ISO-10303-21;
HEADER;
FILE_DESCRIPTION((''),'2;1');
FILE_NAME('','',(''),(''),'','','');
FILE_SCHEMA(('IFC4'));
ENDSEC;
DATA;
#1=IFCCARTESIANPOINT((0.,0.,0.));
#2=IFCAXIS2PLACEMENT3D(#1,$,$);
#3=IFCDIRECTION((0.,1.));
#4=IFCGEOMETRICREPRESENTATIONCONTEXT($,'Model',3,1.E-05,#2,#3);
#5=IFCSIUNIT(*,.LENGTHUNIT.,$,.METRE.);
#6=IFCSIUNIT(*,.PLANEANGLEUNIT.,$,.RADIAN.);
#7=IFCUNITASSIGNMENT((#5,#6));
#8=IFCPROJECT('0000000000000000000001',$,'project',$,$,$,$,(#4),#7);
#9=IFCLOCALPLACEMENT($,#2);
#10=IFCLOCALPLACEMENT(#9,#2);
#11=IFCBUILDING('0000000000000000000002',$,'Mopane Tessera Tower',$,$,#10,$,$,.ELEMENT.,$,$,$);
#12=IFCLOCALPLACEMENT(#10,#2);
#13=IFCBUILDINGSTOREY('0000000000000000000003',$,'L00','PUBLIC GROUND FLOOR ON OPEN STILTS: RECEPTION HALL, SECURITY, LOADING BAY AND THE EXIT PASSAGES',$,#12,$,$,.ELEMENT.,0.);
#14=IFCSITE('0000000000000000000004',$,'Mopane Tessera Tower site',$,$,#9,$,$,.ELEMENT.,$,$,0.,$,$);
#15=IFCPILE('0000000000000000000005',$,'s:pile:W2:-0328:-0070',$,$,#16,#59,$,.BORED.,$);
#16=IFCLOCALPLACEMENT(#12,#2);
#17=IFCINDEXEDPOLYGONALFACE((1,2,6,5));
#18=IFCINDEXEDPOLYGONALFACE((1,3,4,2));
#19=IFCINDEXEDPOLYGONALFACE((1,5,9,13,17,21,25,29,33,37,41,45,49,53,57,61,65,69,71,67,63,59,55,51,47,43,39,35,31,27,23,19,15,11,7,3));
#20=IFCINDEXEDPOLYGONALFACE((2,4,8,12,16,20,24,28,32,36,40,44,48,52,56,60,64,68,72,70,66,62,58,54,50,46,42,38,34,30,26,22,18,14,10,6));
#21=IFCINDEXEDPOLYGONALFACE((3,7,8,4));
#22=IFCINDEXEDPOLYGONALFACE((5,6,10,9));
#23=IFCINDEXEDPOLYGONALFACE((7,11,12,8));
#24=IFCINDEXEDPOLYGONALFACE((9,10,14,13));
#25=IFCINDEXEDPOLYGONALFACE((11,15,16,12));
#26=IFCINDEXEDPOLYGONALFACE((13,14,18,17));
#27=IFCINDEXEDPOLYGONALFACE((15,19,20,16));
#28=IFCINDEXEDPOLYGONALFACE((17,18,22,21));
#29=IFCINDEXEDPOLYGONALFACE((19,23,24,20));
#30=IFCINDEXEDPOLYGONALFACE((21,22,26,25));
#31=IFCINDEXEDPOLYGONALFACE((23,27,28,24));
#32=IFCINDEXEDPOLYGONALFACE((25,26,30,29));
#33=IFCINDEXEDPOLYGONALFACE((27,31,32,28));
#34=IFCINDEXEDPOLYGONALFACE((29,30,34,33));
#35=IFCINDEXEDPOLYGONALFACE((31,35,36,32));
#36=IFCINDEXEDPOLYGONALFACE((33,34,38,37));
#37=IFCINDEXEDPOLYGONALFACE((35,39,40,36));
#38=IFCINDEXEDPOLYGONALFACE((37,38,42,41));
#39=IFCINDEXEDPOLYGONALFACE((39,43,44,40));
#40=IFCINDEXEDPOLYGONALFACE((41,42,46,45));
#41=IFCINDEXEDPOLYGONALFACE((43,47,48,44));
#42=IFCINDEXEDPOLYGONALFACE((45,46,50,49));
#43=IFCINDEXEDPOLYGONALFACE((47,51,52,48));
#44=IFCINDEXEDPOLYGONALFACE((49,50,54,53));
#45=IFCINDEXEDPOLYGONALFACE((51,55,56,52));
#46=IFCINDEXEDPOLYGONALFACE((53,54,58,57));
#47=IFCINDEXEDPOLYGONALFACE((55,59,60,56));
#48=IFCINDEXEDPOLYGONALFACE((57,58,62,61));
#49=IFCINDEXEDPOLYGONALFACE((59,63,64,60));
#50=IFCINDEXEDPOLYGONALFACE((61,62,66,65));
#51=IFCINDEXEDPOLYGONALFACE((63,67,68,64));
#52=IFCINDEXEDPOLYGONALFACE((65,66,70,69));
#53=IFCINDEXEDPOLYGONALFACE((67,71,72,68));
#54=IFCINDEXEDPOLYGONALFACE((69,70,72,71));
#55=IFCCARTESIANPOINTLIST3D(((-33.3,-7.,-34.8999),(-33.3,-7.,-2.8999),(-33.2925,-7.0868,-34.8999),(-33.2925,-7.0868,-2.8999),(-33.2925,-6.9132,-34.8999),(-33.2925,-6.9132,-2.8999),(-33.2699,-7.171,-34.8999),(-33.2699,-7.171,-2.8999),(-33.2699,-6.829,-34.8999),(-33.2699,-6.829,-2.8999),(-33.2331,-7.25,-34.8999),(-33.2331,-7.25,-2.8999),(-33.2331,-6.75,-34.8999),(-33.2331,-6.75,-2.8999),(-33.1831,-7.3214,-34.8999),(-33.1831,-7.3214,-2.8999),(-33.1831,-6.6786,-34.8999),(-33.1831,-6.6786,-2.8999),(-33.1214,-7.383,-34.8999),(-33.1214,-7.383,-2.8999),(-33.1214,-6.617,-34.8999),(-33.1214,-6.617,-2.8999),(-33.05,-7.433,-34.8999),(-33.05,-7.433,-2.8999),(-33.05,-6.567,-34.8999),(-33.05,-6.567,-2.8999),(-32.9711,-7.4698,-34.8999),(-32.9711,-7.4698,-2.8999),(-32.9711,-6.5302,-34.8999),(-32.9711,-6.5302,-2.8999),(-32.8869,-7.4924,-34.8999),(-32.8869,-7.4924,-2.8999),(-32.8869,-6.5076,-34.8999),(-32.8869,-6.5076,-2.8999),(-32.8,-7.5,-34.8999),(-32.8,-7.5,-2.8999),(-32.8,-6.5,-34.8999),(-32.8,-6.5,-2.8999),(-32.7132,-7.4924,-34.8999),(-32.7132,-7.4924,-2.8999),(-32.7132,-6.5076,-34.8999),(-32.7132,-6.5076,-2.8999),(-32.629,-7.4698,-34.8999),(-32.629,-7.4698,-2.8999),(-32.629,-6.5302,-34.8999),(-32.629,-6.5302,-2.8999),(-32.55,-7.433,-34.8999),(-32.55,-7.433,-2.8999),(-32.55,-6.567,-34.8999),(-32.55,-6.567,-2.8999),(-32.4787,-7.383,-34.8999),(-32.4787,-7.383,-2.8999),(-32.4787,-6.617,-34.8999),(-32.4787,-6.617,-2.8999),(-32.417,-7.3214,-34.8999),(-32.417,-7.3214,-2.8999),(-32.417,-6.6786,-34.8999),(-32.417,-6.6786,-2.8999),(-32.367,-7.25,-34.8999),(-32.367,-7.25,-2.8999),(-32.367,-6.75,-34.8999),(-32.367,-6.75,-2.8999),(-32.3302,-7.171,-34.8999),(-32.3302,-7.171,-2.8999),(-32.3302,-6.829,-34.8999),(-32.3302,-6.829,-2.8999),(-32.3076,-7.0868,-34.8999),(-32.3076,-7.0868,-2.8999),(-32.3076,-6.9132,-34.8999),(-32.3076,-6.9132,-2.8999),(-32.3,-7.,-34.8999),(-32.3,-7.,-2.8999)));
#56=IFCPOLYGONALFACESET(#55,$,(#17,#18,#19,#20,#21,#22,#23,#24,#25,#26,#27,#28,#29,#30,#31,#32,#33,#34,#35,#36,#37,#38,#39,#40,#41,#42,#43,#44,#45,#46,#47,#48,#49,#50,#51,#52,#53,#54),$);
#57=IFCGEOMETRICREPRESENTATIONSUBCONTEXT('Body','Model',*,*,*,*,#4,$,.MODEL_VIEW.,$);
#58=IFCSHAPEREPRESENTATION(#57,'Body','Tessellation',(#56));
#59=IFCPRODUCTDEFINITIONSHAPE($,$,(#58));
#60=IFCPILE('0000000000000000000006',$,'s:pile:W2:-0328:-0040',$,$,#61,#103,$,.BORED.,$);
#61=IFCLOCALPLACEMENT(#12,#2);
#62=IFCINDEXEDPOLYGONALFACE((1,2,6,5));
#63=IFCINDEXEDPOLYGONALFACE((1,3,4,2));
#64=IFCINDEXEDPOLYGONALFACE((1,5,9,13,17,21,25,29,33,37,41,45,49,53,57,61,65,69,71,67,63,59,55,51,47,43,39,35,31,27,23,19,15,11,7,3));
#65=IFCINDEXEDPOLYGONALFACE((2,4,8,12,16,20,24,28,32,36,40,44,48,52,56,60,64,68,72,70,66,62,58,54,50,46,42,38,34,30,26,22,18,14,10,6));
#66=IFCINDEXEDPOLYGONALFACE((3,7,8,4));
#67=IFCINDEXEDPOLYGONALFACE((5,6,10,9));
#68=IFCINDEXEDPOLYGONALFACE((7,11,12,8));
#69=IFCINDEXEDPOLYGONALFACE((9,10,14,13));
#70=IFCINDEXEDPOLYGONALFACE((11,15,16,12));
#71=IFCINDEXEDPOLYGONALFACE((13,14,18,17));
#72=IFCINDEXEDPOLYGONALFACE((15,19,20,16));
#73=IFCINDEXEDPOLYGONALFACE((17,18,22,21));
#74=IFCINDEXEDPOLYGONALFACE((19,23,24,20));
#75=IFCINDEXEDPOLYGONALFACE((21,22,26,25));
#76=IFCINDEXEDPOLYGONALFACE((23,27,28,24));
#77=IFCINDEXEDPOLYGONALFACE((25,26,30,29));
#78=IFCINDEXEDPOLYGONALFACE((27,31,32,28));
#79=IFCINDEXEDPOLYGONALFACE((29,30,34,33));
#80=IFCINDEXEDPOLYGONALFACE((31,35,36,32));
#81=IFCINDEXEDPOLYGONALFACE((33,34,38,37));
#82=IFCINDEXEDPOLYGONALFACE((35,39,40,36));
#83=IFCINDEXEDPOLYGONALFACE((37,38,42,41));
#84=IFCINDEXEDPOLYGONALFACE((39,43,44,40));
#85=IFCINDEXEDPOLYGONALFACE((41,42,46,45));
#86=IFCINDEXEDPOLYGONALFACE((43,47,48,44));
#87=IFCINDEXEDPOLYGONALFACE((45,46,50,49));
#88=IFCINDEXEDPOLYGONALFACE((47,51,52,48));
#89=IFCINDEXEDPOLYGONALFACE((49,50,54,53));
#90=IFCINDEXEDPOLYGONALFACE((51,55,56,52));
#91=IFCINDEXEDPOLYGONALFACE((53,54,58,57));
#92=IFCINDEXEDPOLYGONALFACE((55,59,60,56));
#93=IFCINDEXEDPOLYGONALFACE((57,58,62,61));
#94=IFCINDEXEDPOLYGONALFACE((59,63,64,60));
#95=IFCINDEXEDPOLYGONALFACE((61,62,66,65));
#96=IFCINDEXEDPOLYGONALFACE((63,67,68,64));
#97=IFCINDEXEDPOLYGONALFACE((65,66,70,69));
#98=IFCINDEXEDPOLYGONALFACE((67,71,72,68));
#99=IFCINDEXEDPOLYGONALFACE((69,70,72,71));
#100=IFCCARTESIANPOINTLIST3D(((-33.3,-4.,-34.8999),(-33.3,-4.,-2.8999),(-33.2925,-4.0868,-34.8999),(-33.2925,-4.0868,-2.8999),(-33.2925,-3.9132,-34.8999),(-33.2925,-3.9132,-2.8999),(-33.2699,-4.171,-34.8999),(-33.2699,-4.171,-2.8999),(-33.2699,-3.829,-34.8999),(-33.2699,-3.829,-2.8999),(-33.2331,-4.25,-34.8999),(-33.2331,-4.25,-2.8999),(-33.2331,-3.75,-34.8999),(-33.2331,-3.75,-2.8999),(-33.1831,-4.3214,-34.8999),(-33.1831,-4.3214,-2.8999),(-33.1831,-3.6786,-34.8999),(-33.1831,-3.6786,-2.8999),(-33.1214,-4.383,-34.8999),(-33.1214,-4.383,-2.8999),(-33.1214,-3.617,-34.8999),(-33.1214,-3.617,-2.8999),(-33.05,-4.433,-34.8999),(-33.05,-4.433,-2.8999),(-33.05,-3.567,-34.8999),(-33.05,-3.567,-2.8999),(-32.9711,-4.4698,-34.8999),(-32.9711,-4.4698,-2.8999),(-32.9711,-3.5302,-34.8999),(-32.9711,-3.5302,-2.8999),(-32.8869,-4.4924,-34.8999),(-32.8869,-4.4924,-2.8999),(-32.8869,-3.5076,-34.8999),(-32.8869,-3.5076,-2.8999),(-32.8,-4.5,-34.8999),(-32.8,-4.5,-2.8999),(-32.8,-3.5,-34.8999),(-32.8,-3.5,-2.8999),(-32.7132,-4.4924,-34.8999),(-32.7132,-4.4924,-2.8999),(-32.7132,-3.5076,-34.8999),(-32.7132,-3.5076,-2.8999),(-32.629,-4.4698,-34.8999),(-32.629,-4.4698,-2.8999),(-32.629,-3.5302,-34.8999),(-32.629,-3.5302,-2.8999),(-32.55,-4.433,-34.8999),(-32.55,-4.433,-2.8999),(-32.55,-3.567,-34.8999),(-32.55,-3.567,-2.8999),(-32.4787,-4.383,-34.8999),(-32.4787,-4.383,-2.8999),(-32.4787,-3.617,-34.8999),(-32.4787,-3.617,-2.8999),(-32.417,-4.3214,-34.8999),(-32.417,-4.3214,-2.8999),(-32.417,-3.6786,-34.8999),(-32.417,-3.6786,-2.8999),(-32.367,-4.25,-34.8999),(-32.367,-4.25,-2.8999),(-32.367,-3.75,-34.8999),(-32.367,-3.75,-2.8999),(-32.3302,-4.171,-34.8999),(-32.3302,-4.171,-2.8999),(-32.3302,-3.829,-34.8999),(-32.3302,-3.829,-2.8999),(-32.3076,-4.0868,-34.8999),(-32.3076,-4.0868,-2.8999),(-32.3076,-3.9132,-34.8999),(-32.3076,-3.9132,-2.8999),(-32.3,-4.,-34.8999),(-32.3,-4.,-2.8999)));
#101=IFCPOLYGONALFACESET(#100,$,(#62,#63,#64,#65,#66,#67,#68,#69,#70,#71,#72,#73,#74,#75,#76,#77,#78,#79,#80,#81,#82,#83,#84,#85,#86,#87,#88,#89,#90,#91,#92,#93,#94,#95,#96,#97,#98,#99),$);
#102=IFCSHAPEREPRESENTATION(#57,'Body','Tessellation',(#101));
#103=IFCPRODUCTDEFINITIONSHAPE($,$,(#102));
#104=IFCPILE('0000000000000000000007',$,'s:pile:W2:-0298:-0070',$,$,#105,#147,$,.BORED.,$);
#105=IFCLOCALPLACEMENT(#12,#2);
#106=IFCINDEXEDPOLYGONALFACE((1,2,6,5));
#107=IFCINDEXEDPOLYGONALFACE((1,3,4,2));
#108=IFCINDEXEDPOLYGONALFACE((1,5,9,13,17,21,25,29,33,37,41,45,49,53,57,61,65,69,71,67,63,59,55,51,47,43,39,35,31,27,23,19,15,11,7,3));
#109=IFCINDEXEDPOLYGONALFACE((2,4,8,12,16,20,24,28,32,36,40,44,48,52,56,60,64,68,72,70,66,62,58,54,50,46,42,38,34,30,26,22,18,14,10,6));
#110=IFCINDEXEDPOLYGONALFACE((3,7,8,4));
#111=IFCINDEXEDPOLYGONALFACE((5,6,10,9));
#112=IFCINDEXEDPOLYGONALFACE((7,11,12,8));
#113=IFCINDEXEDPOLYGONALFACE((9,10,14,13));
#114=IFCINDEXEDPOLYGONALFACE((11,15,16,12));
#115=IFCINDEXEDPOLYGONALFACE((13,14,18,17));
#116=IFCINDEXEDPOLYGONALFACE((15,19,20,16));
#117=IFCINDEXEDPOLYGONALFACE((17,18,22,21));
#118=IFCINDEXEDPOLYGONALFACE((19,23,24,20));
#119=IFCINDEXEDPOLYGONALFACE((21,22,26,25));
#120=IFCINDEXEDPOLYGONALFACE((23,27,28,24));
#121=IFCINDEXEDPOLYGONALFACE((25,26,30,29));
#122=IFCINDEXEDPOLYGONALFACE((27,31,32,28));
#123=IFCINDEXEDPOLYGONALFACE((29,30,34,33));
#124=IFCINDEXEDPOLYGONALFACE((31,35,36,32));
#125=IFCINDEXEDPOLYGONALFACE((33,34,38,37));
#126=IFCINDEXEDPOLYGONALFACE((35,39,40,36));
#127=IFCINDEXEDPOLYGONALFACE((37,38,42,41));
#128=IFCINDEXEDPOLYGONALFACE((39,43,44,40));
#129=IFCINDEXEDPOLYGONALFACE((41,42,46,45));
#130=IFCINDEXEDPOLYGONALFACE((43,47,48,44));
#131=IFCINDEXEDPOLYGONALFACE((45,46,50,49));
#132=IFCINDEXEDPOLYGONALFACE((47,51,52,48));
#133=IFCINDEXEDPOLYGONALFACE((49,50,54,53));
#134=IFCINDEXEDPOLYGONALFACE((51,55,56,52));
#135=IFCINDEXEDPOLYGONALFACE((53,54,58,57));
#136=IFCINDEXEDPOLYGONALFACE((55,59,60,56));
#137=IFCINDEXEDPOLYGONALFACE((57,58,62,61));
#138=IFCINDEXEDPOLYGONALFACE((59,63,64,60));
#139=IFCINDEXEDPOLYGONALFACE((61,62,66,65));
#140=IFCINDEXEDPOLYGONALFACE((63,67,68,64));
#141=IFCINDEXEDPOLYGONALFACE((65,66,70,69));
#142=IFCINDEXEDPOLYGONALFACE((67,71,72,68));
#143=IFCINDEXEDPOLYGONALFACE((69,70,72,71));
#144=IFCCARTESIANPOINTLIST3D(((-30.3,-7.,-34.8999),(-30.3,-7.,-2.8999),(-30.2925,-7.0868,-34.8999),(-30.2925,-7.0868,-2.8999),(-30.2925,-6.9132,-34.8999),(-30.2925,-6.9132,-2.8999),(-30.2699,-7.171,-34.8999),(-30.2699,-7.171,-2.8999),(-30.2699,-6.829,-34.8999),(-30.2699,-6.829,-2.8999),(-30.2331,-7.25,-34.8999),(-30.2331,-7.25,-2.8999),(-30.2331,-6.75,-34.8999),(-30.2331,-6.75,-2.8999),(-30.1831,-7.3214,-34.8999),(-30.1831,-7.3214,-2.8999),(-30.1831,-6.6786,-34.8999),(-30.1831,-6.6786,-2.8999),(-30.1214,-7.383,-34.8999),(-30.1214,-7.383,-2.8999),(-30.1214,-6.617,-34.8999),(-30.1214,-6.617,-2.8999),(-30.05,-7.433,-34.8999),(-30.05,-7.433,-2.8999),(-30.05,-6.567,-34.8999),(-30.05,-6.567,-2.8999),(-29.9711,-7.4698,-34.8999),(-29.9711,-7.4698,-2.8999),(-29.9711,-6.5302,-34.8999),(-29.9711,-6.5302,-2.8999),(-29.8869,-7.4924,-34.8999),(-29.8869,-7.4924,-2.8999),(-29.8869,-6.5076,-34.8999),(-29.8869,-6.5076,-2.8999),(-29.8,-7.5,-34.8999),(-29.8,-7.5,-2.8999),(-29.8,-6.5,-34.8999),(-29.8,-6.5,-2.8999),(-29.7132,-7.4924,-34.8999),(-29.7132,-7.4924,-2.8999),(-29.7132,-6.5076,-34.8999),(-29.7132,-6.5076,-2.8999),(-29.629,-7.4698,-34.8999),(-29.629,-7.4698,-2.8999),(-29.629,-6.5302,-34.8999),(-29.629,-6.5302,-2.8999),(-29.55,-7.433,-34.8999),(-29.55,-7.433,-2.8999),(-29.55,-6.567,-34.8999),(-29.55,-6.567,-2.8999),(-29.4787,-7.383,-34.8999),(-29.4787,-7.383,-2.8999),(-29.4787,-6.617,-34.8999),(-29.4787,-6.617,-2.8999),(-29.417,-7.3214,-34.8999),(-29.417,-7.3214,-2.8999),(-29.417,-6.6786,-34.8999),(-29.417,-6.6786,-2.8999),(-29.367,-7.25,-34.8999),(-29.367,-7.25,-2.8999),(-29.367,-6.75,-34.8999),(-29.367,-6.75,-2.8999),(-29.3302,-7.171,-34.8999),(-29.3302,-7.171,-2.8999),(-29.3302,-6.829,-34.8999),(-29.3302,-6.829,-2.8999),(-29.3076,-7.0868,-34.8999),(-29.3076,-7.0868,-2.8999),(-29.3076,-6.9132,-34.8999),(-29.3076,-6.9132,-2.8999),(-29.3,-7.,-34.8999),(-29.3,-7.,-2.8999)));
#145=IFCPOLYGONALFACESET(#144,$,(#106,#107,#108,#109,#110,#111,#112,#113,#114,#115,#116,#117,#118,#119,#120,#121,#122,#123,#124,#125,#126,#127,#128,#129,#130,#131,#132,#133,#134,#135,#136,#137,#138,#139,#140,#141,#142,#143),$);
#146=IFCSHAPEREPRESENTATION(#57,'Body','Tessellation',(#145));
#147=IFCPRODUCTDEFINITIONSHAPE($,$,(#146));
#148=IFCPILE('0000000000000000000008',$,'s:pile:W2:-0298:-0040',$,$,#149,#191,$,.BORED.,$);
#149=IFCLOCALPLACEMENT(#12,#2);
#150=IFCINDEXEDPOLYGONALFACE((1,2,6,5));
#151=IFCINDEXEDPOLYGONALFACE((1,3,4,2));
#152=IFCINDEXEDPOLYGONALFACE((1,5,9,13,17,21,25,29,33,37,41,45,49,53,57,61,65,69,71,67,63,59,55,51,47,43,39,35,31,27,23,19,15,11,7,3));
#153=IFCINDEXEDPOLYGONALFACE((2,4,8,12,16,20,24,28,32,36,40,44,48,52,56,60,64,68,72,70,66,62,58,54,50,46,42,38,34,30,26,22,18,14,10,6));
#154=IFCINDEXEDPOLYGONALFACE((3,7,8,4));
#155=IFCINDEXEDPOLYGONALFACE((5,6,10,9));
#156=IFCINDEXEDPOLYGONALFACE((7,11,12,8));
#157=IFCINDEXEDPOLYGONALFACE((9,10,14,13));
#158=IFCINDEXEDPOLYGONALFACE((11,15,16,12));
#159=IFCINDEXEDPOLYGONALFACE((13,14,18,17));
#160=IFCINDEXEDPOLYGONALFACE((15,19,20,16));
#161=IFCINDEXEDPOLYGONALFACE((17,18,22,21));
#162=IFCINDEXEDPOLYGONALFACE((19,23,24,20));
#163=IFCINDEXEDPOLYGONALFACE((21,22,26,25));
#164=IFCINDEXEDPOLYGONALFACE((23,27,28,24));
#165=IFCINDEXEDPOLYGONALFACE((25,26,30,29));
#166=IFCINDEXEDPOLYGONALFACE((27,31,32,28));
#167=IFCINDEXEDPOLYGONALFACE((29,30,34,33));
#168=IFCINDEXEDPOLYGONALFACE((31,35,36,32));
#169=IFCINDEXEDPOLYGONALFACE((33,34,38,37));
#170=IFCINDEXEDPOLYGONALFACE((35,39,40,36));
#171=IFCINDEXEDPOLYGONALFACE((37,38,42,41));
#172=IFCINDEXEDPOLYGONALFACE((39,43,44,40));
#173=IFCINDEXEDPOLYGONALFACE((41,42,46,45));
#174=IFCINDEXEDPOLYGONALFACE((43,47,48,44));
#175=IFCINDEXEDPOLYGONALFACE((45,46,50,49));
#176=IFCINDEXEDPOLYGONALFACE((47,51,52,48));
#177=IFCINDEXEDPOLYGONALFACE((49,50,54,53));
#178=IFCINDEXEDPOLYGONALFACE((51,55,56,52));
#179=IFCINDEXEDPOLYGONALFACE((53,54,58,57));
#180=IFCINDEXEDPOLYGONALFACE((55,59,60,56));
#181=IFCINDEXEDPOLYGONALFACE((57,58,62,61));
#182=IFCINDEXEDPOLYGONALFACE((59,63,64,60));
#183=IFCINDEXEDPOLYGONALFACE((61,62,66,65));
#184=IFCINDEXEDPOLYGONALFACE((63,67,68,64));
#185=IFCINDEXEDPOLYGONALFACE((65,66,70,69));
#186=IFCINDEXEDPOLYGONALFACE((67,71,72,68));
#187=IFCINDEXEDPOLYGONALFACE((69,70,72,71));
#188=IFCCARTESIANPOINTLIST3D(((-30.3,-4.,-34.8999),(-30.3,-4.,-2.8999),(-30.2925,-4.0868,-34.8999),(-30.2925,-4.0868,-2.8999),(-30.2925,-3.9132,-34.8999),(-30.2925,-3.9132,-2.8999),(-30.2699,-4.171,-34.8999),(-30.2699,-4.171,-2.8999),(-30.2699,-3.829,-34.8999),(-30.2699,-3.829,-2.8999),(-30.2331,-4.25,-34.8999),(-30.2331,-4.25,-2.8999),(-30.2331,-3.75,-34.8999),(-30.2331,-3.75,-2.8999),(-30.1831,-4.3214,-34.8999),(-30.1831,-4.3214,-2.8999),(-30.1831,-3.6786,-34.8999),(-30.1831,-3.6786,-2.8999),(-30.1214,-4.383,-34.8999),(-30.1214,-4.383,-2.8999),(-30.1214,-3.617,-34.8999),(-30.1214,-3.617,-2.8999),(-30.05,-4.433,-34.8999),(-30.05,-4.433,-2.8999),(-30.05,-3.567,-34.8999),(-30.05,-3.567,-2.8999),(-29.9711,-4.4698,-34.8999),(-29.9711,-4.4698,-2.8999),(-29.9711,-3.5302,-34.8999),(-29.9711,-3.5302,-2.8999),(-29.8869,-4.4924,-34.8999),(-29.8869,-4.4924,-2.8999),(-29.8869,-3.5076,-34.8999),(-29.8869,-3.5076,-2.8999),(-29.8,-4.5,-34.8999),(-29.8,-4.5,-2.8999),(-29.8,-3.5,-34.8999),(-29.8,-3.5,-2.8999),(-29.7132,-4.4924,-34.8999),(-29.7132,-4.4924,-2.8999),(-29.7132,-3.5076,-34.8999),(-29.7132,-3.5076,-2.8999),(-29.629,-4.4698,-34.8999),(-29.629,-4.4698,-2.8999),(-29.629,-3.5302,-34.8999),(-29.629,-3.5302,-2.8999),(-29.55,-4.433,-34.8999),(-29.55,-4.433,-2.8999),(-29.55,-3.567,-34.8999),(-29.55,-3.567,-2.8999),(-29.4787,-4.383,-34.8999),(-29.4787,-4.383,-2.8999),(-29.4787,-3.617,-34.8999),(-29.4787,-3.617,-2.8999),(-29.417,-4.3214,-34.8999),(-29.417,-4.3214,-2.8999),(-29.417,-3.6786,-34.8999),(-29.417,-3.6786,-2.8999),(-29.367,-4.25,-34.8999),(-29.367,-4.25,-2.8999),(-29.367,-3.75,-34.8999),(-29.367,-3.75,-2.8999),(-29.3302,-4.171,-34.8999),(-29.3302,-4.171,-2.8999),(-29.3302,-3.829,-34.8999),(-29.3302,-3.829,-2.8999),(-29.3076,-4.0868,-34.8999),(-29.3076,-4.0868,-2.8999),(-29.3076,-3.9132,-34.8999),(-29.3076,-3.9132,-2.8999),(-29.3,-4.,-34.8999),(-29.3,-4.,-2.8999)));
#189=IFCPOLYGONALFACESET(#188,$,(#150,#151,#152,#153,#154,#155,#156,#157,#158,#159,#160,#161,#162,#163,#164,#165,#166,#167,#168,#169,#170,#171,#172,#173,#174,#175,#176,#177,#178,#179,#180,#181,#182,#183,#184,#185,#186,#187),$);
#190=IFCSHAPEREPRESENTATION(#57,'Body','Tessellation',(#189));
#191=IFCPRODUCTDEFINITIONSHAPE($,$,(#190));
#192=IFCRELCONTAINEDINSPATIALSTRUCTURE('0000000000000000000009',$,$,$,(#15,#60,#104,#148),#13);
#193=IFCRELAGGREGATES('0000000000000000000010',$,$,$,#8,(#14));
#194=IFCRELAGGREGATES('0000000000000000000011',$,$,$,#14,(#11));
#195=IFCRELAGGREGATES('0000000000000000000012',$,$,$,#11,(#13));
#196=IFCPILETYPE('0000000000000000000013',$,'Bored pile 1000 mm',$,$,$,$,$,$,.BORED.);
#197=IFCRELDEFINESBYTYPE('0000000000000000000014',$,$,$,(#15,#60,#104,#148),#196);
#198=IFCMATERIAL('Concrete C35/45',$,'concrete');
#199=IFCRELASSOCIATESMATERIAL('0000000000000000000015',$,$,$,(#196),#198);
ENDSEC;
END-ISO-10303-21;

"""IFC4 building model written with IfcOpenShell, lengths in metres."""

from ifc_helpers import new_model, si_unit, direction, frame, origin, origin_2d, place, context, subcontext, project, spatial, circle, extrude, material, material_profile, profile_set, type_object, element, save


model = new_model("IFC4")

# Units and contexts
model_context = context("Model", 3, precision=1e-05, world=origin(), true_north=direction((0.0, 1.0)))
body_context = subcontext(model_context, "Body", "Model", "MODEL_VIEW")
ifc_project = project(units=[si_unit("LENGTHUNIT", "METRE"), si_unit("PLANEANGLEUNIT", "RADIAN")], contexts=[model_context])

# Site, building, storey
site_placement = place(None, origin())
site = spatial("IfcSite", under=ifc_project, at=site_placement, Name="Mopane Tessera Tower site", CompositionType="ELEMENT", RefElevation=0.0)
building_placement = place(site_placement, origin())
building = spatial("IfcBuilding", under=site, at=building_placement, Name="Mopane Tessera Tower", CompositionType="ELEMENT")
storey_placement = place(building_placement, origin())
storey = spatial("IfcBuildingStorey", under=building, at=storey_placement, Name="L00", Description="PUBLIC GROUND FLOOR ON OPEN STILTS: RECEPTION HALL, SECURITY, LOADING BAY AND THE EXIT PASSAGES", CompositionType="ELEMENT", Elevation=0.0)

# Piles
ifc_material_1 = material(Name="Concrete C35/45", Category="concrete")
ifc_material_profile_1 = material_profile(ifc_material_1, circle(Radius=0.5, at=origin_2d()))
ifc_profile_set_1 = profile_set([ifc_material_profile_1], Name="Concrete C35/45")
pile_type_1 = type_object("IfcPileType", Name="Bored pile 1000 mm", PredefinedType="BORED", material=ifc_profile_set_1)
for number, where, z_axis, x_axis, name in (
    (1, (-32.8, -7.0, -2.8999), (0.0, 0.0, -1.0), (1.0, 0.0, 0.0), "s:pile:W2:-0328:-0070"),
    (2, (-32.8, -4.0, -2.8999), (0.0, 0.0, -1.0), (1.0, 0.0, 0.0), "s:pile:W2:-0328:-0040"),
    (3, (-29.8, -7.0, -2.8999), (0.0, 0.0, -1.0), (1.0, 0.0, 0.0), "s:pile:W2:-0298:-0070"),
    (4, (-29.8, -4.0, -2.8999), (0.0, 0.0, -1.0), (1.0, 0.0, 0.0), "s:pile:W2:-0298:-0040"),
):
    element("IfcPile", number, at=place(storey_placement, frame(where, z_axis=z_axis, x_axis=x_axis)), inside=storey, type_object=pile_type_1, Name=name, PredefinedType="BORED", context=body_context, shape_type="SweptSolid", body=[
        extrude(circle(Radius=0.5, at=origin_2d()), origin(), (0.0, 0.0, 1.0), 32.0),
    ])

save(model, "model.ifc")
